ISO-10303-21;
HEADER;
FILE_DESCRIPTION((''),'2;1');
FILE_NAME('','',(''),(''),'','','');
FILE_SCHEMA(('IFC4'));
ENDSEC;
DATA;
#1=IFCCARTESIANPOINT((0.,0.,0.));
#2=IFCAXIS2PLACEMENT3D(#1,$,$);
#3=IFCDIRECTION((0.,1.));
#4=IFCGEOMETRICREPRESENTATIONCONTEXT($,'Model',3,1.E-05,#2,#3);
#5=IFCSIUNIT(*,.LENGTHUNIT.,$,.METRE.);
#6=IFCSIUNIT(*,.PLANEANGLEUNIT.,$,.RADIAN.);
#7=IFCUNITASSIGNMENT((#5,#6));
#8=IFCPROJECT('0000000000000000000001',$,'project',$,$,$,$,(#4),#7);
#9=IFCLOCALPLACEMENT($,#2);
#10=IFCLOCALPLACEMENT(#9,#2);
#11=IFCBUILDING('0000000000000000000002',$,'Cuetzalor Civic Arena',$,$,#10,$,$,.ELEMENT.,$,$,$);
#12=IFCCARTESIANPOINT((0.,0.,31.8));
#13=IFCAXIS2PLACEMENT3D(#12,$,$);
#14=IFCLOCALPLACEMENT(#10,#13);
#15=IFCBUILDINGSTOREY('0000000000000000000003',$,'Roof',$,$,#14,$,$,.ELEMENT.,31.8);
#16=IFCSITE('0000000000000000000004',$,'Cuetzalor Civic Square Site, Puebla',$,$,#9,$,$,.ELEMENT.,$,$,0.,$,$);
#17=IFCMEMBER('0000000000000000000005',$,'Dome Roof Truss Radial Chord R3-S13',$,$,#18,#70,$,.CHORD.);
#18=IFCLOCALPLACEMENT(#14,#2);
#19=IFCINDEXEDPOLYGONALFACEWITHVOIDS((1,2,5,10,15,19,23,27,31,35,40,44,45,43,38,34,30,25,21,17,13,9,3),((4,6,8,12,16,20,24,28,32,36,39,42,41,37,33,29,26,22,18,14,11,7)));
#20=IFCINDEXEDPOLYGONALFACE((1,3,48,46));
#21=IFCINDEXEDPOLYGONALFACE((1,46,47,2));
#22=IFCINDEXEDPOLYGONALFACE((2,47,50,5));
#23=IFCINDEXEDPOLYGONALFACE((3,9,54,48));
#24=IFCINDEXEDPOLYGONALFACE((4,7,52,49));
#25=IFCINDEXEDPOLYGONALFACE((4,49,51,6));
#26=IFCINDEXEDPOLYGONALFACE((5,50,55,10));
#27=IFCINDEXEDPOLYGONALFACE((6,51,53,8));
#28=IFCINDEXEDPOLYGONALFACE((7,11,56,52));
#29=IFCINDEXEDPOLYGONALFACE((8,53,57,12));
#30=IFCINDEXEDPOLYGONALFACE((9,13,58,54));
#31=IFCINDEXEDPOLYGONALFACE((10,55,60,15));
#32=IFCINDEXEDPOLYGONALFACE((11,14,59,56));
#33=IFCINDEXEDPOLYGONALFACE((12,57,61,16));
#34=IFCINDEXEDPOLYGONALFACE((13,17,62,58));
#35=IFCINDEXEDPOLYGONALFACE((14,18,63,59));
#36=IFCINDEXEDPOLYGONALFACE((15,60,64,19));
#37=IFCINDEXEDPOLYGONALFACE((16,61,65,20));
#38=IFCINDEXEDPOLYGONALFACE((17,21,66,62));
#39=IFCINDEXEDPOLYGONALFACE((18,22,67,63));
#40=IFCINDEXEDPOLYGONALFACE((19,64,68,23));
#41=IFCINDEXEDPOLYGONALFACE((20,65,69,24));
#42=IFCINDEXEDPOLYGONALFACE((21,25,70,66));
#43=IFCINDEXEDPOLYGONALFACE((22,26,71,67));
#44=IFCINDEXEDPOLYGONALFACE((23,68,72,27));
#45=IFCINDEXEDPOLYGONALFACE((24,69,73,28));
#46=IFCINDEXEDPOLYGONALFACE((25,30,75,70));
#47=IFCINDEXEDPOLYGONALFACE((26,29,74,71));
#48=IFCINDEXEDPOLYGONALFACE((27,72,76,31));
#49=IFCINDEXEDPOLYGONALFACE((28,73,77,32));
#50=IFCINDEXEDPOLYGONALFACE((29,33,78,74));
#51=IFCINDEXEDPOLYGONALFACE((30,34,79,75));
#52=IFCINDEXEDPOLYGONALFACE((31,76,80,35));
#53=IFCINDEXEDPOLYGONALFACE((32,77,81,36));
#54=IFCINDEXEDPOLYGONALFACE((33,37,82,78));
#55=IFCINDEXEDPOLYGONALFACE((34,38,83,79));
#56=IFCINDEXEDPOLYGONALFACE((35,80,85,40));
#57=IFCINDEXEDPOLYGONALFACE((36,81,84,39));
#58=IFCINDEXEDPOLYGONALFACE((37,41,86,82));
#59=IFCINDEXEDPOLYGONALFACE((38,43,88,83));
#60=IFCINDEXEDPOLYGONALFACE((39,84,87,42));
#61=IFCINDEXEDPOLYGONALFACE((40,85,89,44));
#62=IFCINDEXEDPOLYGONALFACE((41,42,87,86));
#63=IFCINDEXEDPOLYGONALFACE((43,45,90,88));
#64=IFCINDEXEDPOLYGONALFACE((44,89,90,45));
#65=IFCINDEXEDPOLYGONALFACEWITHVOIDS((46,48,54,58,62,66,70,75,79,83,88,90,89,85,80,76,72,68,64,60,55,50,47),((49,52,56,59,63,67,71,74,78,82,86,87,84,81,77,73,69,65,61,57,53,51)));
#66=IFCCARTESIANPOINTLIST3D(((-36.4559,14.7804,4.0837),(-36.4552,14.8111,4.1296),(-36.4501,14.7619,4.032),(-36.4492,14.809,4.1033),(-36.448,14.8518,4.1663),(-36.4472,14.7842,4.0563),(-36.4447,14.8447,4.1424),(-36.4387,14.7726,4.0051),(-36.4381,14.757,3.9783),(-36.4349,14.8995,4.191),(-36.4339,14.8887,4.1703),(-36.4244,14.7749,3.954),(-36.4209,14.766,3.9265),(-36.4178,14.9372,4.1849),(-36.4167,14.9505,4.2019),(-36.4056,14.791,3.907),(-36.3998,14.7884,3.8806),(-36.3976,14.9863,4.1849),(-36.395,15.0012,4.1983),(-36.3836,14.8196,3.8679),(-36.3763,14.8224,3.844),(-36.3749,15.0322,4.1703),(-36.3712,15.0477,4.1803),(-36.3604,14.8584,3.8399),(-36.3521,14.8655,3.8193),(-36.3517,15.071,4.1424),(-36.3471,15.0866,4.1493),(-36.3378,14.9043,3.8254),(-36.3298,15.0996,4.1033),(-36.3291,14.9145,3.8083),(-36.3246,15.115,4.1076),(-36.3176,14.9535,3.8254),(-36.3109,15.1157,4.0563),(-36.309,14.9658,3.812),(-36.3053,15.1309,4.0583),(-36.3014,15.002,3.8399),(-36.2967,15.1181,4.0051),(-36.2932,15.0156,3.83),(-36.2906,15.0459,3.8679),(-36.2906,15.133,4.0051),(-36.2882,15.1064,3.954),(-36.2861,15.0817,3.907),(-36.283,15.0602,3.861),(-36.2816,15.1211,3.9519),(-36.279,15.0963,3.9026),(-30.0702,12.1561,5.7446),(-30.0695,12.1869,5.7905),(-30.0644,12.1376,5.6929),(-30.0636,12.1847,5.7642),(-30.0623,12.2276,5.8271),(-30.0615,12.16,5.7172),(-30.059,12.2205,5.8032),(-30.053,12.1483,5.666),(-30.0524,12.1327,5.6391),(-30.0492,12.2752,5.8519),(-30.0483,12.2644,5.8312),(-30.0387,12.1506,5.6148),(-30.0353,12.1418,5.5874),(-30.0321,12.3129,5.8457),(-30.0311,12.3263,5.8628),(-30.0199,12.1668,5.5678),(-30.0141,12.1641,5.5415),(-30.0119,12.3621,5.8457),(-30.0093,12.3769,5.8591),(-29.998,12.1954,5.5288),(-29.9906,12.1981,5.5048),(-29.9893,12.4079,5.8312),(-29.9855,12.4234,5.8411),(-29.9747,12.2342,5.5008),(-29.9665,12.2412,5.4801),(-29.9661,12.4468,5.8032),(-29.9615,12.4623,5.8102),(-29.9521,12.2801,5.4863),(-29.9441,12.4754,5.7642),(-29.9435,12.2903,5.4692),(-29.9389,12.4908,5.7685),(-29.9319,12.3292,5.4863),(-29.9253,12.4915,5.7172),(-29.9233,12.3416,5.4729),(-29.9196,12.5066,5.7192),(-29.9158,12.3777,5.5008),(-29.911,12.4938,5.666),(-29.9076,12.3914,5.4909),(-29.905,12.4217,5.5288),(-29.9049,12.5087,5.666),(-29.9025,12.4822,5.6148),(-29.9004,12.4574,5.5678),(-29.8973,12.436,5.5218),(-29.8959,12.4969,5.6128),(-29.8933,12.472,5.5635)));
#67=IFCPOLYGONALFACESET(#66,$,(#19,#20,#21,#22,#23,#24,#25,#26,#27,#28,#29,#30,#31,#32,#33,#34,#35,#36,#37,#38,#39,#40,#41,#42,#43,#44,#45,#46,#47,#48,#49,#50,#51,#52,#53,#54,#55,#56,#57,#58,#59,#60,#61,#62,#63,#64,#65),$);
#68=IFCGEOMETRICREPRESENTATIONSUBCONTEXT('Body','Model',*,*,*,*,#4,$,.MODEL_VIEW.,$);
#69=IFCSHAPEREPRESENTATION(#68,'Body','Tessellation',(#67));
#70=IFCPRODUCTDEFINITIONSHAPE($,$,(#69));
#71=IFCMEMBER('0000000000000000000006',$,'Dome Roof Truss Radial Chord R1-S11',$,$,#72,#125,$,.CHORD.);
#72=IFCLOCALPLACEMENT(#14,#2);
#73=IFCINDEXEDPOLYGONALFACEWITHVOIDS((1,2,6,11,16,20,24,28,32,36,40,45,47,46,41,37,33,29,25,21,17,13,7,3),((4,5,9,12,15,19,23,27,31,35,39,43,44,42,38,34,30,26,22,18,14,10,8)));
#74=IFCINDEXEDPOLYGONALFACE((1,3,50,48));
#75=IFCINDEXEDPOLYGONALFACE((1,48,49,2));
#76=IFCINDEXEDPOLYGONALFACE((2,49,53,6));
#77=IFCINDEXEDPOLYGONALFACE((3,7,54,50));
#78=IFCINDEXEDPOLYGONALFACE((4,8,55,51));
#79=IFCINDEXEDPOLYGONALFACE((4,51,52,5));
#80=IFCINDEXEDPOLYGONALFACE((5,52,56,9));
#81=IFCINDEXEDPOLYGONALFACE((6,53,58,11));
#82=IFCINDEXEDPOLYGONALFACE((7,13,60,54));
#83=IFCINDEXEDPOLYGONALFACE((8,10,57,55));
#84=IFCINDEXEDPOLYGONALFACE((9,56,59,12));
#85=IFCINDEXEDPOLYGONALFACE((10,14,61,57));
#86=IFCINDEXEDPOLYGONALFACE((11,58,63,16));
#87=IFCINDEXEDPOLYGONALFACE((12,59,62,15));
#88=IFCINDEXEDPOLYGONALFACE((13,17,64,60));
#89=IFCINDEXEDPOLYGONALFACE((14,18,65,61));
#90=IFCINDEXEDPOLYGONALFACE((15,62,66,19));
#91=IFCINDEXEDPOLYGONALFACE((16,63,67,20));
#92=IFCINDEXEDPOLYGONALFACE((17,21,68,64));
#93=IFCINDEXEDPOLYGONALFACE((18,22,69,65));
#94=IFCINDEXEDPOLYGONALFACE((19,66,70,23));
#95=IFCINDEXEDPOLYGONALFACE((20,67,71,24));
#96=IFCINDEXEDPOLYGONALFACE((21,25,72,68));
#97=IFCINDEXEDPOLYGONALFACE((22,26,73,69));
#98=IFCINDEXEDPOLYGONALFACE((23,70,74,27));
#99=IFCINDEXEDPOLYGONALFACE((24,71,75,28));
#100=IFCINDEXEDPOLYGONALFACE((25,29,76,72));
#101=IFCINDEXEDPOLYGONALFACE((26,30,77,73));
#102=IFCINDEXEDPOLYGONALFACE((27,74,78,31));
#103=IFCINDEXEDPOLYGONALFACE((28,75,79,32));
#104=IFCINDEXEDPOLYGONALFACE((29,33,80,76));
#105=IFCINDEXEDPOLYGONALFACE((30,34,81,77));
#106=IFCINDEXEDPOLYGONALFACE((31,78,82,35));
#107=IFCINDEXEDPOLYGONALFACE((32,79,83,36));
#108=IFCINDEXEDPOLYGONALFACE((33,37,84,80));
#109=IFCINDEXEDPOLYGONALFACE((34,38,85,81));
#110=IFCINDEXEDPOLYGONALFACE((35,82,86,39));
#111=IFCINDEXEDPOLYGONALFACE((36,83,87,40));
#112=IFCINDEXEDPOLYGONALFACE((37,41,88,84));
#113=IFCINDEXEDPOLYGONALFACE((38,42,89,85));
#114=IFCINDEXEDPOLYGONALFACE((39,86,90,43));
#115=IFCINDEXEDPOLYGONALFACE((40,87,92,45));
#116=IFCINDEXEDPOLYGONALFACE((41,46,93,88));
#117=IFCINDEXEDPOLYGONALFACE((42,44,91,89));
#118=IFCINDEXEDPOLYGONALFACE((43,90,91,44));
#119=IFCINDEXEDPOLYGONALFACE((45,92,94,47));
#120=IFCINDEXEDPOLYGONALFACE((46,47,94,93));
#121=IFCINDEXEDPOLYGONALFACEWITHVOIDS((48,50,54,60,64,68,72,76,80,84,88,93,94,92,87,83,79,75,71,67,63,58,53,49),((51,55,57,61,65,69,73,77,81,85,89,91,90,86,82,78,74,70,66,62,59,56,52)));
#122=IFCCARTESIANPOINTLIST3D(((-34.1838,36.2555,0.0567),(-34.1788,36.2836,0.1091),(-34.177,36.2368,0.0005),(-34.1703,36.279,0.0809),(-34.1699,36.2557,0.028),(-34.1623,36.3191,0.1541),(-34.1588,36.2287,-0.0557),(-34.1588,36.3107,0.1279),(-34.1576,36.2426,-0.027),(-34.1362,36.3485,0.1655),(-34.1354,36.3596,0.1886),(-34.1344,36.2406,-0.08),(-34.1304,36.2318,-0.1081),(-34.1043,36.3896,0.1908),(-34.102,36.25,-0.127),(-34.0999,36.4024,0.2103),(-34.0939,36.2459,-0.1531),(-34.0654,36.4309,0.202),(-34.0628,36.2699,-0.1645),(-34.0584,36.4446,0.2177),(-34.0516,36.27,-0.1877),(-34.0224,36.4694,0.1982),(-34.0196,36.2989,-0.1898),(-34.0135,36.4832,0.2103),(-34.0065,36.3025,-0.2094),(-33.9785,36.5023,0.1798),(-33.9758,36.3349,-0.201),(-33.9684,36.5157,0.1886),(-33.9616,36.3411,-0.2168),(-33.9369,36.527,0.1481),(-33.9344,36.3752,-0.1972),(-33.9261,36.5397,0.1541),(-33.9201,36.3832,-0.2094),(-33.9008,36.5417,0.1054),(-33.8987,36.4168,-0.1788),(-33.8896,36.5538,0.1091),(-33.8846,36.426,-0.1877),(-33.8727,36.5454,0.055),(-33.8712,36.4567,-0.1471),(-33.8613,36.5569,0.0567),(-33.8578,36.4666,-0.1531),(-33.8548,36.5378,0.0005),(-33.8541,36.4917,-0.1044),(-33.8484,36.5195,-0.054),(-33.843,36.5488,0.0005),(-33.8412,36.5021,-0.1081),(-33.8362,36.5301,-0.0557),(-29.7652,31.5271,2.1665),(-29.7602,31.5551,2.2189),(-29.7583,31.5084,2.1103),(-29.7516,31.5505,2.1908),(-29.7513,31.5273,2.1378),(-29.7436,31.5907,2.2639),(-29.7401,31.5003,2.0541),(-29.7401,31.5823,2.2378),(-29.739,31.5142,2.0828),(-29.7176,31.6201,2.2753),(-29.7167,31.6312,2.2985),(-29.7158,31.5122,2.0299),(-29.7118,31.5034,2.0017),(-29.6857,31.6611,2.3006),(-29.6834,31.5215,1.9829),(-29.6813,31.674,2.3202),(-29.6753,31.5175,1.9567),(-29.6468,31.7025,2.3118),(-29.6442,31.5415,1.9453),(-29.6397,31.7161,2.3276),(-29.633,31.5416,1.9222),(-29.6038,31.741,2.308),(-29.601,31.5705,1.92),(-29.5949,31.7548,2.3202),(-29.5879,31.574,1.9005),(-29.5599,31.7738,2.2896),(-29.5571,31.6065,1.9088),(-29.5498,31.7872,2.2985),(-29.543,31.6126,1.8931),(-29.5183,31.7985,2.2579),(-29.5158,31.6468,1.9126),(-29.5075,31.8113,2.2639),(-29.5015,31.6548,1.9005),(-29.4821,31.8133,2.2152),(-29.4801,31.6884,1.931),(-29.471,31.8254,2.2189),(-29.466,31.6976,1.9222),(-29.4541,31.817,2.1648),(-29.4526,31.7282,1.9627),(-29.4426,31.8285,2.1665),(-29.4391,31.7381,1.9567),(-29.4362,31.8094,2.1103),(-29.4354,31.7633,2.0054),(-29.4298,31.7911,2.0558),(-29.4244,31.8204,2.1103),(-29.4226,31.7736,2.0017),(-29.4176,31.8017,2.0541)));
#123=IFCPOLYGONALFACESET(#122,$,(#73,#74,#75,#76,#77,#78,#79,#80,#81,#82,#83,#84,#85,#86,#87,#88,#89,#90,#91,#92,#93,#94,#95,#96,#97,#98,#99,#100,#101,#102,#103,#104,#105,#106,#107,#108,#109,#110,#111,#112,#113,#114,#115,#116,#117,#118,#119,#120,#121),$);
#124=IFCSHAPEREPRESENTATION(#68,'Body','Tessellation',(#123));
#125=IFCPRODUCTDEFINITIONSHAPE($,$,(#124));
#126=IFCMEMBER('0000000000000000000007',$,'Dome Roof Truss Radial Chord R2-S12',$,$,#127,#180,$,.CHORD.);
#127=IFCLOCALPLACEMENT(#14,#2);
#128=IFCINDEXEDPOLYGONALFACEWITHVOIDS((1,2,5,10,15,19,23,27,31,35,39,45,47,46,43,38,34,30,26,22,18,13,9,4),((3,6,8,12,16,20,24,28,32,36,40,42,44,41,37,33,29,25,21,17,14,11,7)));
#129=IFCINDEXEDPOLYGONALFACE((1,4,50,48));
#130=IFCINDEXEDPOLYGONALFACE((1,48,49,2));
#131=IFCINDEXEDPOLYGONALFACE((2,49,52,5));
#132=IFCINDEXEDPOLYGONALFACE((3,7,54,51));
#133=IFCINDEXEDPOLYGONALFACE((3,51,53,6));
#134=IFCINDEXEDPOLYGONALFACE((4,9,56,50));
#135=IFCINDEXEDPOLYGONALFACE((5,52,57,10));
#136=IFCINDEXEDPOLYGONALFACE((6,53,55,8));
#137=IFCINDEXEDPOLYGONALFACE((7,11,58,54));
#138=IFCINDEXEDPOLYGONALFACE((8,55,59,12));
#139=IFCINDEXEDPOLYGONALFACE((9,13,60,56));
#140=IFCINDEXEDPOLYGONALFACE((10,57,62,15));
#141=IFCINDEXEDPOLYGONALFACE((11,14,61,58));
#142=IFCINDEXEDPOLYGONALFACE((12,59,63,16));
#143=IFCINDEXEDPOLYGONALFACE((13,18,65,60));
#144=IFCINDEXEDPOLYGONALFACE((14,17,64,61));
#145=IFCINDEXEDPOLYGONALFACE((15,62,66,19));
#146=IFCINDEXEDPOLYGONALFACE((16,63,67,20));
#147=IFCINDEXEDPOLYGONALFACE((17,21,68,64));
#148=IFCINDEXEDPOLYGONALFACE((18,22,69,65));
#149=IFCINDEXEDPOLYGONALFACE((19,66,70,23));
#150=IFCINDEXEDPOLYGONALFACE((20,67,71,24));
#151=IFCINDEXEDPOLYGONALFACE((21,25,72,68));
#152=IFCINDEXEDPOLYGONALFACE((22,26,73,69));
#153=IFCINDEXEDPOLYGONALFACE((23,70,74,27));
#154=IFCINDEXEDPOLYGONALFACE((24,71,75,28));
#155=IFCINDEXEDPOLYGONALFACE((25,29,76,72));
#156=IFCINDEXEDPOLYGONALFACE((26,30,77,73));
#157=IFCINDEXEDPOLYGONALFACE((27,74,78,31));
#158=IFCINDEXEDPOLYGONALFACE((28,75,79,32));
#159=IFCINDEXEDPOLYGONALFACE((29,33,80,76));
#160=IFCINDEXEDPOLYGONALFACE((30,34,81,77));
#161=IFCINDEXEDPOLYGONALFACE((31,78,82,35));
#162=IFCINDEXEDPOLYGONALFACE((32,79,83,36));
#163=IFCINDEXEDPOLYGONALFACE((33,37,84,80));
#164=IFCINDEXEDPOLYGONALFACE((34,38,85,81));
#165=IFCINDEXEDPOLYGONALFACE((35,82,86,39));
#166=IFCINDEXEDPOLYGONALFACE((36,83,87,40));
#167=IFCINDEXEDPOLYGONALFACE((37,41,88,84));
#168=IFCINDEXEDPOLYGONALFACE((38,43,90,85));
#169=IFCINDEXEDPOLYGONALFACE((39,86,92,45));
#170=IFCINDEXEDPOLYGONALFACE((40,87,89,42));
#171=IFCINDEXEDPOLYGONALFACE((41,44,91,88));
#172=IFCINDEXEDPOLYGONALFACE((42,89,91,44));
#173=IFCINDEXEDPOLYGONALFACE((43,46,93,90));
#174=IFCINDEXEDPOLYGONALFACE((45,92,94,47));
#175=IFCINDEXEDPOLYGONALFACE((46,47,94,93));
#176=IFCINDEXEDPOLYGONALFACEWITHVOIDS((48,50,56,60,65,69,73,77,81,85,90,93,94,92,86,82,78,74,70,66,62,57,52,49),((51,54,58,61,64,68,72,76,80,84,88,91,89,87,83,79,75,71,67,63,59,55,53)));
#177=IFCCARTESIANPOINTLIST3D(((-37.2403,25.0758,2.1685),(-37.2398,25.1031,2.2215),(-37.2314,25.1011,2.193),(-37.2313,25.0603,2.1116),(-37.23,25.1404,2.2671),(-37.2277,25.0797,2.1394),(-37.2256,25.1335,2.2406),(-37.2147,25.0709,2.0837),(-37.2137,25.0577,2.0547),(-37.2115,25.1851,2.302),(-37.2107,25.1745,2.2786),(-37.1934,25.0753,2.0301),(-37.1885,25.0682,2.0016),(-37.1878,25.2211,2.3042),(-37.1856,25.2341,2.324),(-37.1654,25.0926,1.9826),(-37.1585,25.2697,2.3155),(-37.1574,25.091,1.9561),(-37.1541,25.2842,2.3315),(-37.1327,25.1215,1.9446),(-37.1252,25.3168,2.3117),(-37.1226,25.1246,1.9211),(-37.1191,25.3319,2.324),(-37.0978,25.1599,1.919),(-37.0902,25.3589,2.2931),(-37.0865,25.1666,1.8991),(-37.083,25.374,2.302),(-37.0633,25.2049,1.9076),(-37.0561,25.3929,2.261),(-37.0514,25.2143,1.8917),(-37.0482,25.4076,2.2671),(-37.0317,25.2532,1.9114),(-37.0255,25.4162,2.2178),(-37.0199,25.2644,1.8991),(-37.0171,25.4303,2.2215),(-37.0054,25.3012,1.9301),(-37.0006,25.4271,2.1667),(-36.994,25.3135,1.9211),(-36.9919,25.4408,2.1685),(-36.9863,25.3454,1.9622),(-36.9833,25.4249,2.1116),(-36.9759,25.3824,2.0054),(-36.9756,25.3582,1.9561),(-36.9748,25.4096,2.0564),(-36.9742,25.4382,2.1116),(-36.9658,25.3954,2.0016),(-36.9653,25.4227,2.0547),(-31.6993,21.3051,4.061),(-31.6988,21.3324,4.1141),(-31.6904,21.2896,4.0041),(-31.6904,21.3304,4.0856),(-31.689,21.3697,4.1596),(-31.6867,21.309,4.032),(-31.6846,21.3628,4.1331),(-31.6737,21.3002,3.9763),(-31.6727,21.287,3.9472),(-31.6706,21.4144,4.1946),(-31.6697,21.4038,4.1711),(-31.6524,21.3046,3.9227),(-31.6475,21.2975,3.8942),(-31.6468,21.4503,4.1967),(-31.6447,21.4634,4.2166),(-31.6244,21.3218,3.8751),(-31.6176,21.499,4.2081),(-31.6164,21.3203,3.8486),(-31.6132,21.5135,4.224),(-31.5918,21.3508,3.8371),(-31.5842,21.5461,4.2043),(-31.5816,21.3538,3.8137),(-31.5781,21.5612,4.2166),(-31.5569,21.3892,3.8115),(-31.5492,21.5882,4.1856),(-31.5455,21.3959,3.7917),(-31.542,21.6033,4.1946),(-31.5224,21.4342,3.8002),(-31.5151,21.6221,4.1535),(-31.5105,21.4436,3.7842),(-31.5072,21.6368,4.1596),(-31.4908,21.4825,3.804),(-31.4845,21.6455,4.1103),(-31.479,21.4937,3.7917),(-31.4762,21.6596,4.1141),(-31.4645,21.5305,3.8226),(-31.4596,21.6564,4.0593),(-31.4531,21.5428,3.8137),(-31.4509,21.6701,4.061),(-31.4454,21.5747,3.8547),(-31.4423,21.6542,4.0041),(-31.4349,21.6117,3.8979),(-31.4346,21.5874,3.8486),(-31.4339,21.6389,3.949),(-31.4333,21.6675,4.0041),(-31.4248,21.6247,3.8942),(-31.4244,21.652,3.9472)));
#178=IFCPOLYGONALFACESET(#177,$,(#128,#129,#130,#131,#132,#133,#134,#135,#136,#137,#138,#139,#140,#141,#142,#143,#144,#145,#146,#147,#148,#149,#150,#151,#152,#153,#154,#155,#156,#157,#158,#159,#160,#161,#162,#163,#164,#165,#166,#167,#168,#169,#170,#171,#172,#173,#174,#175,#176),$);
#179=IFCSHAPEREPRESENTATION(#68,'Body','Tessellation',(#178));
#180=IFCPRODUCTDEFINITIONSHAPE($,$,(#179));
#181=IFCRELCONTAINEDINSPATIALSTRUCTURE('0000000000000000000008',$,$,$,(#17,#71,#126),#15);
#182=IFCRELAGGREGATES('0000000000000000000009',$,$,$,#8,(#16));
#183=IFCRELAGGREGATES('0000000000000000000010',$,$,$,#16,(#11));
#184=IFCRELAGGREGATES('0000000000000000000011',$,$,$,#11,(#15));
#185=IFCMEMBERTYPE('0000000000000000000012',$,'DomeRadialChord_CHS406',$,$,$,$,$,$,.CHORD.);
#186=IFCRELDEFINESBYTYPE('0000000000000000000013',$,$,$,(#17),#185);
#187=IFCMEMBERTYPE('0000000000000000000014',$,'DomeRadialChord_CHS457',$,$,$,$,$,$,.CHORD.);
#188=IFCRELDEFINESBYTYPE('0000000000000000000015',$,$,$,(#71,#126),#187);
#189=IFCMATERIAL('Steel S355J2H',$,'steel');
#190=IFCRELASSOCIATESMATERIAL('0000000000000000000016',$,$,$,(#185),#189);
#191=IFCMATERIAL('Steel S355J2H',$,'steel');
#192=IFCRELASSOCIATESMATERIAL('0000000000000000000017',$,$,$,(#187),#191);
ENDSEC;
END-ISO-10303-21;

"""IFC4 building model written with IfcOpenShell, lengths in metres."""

from ifc_helpers import new_model, si_unit, direction, frame, origin, origin_2d, place, context, subcontext, project, spatial, hollow_circle, extrude, material, material_profile, profile_set, type_object, element, save


model = new_model("IFC4")

# Units and contexts
model_context = context("Model", 3, precision=1e-05, world=origin(), true_north=direction((0.0, 1.0)))
body_context = subcontext(model_context, "Body", "Model", "MODEL_VIEW")
ifc_project = project(units=[si_unit("LENGTHUNIT", "METRE"), si_unit("PLANEANGLEUNIT", "RADIAN")], contexts=[model_context])

# Site, building, storey
site_placement = place(None, origin())
site = spatial("IfcSite", under=ifc_project, at=site_placement, Name="Cuetzalor Civic Square Site, Puebla", CompositionType="ELEMENT", RefElevation=0.0)
building_placement = place(site_placement, origin())
building = spatial("IfcBuilding", under=site, at=building_placement, Name="Cuetzalor Civic Arena", CompositionType="ELEMENT")
storey_placement = place(building_placement, frame((0.0, 0.0, 31.8)))
storey = spatial("IfcBuildingStorey", under=building, at=storey_placement, Name="Roof", CompositionType="ELEMENT", Elevation=31.8)

# Members
ifc_material_1 = material(Name="Steel S355J2H", Category="steel")
ifc_material_profile_1 = material_profile(ifc_material_1, hollow_circle(Radius=0.2029, WallThickness=0.0161, at=origin_2d()), Name="CHS 406x16")
ifc_profile_set_1 = profile_set([ifc_material_profile_1], Name="Steel S355J2H")
member_type_1 = type_object("IfcMemberType", Name="DomeRadialChord_CHS406", PredefinedType="CHORD", material=ifc_profile_set_1)
member_1_placement = place(storey_placement, frame((-36.3677, 14.9453, 4.0051), z_axis=(0.899284, -0.369567, 0.233898), x_axis=(0.380111, 0.924941, 0.0)))
element("IfcMember", 1, at=member_1_placement, inside=storey, type_object=member_type_1, Name="Dome Roof Truss Radial Chord R3-S13", PredefinedType="CHORD", context=body_context, shape_type="SweptSolid", body=[
    extrude(hollow_circle(Radius=0.2029, WallThickness=0.0161, at=origin_2d()), origin(), (0.0, 0.0, 1.0), 7.1008),
])
ifc_material_2 = material(Name="Steel S355J2H", Category="steel")
ifc_material_profile_2 = material_profile(ifc_material_2, hollow_circle(Radius=0.2285, WallThickness=0.0161, at=origin_2d()), Name="CHS 457x16")
ifc_profile_set_2 = profile_set([ifc_material_profile_2], Name="Steel S355J2H")
member_type_2 = type_object("IfcMemberType", Name="DomeRadialChord_CHS457", PredefinedType="CHORD", material=ifc_profile_set_2)
member_2_placement = place(storey_placement, frame((-34.01, 36.3928, 0.0005), z_axis=(0.64914, -0.694654, 0.309955), x_axis=(0.730637, 0.682766, 0.0)))
element("IfcMember", 2, at=member_2_placement, inside=storey, type_object=member_type_2, Name="Dome Roof Truss Radial Chord R1-S11", PredefinedType="CHORD", context=body_context, shape_type="SweptSolid", body=[
    extrude(hollow_circle(Radius=0.2285, WallThickness=0.0161, at=origin_2d()), origin(), (0.0, 0.0, 1.0), 6.8069),
])
member_3_placement = place(storey_placement, frame((-37.1028, 25.2493, 2.1116), z_axis=(0.795617, -0.54143, 0.271749), x_axis=(0.562602, 0.826728, 0.0)))
element("IfcMember", 3, at=member_3_placement, inside=storey, type_object=member_type_2, Name="Dome Roof Truss Radial Chord R2-S12", PredefinedType="CHORD", context=body_context, shape_type="SweptSolid", body=[
    extrude(hollow_circle(Radius=0.2285, WallThickness=0.0161, at=origin_2d()), origin(), (0.0, 0.0, 1.0), 6.9644),
])

save(model, "model.ifc")
